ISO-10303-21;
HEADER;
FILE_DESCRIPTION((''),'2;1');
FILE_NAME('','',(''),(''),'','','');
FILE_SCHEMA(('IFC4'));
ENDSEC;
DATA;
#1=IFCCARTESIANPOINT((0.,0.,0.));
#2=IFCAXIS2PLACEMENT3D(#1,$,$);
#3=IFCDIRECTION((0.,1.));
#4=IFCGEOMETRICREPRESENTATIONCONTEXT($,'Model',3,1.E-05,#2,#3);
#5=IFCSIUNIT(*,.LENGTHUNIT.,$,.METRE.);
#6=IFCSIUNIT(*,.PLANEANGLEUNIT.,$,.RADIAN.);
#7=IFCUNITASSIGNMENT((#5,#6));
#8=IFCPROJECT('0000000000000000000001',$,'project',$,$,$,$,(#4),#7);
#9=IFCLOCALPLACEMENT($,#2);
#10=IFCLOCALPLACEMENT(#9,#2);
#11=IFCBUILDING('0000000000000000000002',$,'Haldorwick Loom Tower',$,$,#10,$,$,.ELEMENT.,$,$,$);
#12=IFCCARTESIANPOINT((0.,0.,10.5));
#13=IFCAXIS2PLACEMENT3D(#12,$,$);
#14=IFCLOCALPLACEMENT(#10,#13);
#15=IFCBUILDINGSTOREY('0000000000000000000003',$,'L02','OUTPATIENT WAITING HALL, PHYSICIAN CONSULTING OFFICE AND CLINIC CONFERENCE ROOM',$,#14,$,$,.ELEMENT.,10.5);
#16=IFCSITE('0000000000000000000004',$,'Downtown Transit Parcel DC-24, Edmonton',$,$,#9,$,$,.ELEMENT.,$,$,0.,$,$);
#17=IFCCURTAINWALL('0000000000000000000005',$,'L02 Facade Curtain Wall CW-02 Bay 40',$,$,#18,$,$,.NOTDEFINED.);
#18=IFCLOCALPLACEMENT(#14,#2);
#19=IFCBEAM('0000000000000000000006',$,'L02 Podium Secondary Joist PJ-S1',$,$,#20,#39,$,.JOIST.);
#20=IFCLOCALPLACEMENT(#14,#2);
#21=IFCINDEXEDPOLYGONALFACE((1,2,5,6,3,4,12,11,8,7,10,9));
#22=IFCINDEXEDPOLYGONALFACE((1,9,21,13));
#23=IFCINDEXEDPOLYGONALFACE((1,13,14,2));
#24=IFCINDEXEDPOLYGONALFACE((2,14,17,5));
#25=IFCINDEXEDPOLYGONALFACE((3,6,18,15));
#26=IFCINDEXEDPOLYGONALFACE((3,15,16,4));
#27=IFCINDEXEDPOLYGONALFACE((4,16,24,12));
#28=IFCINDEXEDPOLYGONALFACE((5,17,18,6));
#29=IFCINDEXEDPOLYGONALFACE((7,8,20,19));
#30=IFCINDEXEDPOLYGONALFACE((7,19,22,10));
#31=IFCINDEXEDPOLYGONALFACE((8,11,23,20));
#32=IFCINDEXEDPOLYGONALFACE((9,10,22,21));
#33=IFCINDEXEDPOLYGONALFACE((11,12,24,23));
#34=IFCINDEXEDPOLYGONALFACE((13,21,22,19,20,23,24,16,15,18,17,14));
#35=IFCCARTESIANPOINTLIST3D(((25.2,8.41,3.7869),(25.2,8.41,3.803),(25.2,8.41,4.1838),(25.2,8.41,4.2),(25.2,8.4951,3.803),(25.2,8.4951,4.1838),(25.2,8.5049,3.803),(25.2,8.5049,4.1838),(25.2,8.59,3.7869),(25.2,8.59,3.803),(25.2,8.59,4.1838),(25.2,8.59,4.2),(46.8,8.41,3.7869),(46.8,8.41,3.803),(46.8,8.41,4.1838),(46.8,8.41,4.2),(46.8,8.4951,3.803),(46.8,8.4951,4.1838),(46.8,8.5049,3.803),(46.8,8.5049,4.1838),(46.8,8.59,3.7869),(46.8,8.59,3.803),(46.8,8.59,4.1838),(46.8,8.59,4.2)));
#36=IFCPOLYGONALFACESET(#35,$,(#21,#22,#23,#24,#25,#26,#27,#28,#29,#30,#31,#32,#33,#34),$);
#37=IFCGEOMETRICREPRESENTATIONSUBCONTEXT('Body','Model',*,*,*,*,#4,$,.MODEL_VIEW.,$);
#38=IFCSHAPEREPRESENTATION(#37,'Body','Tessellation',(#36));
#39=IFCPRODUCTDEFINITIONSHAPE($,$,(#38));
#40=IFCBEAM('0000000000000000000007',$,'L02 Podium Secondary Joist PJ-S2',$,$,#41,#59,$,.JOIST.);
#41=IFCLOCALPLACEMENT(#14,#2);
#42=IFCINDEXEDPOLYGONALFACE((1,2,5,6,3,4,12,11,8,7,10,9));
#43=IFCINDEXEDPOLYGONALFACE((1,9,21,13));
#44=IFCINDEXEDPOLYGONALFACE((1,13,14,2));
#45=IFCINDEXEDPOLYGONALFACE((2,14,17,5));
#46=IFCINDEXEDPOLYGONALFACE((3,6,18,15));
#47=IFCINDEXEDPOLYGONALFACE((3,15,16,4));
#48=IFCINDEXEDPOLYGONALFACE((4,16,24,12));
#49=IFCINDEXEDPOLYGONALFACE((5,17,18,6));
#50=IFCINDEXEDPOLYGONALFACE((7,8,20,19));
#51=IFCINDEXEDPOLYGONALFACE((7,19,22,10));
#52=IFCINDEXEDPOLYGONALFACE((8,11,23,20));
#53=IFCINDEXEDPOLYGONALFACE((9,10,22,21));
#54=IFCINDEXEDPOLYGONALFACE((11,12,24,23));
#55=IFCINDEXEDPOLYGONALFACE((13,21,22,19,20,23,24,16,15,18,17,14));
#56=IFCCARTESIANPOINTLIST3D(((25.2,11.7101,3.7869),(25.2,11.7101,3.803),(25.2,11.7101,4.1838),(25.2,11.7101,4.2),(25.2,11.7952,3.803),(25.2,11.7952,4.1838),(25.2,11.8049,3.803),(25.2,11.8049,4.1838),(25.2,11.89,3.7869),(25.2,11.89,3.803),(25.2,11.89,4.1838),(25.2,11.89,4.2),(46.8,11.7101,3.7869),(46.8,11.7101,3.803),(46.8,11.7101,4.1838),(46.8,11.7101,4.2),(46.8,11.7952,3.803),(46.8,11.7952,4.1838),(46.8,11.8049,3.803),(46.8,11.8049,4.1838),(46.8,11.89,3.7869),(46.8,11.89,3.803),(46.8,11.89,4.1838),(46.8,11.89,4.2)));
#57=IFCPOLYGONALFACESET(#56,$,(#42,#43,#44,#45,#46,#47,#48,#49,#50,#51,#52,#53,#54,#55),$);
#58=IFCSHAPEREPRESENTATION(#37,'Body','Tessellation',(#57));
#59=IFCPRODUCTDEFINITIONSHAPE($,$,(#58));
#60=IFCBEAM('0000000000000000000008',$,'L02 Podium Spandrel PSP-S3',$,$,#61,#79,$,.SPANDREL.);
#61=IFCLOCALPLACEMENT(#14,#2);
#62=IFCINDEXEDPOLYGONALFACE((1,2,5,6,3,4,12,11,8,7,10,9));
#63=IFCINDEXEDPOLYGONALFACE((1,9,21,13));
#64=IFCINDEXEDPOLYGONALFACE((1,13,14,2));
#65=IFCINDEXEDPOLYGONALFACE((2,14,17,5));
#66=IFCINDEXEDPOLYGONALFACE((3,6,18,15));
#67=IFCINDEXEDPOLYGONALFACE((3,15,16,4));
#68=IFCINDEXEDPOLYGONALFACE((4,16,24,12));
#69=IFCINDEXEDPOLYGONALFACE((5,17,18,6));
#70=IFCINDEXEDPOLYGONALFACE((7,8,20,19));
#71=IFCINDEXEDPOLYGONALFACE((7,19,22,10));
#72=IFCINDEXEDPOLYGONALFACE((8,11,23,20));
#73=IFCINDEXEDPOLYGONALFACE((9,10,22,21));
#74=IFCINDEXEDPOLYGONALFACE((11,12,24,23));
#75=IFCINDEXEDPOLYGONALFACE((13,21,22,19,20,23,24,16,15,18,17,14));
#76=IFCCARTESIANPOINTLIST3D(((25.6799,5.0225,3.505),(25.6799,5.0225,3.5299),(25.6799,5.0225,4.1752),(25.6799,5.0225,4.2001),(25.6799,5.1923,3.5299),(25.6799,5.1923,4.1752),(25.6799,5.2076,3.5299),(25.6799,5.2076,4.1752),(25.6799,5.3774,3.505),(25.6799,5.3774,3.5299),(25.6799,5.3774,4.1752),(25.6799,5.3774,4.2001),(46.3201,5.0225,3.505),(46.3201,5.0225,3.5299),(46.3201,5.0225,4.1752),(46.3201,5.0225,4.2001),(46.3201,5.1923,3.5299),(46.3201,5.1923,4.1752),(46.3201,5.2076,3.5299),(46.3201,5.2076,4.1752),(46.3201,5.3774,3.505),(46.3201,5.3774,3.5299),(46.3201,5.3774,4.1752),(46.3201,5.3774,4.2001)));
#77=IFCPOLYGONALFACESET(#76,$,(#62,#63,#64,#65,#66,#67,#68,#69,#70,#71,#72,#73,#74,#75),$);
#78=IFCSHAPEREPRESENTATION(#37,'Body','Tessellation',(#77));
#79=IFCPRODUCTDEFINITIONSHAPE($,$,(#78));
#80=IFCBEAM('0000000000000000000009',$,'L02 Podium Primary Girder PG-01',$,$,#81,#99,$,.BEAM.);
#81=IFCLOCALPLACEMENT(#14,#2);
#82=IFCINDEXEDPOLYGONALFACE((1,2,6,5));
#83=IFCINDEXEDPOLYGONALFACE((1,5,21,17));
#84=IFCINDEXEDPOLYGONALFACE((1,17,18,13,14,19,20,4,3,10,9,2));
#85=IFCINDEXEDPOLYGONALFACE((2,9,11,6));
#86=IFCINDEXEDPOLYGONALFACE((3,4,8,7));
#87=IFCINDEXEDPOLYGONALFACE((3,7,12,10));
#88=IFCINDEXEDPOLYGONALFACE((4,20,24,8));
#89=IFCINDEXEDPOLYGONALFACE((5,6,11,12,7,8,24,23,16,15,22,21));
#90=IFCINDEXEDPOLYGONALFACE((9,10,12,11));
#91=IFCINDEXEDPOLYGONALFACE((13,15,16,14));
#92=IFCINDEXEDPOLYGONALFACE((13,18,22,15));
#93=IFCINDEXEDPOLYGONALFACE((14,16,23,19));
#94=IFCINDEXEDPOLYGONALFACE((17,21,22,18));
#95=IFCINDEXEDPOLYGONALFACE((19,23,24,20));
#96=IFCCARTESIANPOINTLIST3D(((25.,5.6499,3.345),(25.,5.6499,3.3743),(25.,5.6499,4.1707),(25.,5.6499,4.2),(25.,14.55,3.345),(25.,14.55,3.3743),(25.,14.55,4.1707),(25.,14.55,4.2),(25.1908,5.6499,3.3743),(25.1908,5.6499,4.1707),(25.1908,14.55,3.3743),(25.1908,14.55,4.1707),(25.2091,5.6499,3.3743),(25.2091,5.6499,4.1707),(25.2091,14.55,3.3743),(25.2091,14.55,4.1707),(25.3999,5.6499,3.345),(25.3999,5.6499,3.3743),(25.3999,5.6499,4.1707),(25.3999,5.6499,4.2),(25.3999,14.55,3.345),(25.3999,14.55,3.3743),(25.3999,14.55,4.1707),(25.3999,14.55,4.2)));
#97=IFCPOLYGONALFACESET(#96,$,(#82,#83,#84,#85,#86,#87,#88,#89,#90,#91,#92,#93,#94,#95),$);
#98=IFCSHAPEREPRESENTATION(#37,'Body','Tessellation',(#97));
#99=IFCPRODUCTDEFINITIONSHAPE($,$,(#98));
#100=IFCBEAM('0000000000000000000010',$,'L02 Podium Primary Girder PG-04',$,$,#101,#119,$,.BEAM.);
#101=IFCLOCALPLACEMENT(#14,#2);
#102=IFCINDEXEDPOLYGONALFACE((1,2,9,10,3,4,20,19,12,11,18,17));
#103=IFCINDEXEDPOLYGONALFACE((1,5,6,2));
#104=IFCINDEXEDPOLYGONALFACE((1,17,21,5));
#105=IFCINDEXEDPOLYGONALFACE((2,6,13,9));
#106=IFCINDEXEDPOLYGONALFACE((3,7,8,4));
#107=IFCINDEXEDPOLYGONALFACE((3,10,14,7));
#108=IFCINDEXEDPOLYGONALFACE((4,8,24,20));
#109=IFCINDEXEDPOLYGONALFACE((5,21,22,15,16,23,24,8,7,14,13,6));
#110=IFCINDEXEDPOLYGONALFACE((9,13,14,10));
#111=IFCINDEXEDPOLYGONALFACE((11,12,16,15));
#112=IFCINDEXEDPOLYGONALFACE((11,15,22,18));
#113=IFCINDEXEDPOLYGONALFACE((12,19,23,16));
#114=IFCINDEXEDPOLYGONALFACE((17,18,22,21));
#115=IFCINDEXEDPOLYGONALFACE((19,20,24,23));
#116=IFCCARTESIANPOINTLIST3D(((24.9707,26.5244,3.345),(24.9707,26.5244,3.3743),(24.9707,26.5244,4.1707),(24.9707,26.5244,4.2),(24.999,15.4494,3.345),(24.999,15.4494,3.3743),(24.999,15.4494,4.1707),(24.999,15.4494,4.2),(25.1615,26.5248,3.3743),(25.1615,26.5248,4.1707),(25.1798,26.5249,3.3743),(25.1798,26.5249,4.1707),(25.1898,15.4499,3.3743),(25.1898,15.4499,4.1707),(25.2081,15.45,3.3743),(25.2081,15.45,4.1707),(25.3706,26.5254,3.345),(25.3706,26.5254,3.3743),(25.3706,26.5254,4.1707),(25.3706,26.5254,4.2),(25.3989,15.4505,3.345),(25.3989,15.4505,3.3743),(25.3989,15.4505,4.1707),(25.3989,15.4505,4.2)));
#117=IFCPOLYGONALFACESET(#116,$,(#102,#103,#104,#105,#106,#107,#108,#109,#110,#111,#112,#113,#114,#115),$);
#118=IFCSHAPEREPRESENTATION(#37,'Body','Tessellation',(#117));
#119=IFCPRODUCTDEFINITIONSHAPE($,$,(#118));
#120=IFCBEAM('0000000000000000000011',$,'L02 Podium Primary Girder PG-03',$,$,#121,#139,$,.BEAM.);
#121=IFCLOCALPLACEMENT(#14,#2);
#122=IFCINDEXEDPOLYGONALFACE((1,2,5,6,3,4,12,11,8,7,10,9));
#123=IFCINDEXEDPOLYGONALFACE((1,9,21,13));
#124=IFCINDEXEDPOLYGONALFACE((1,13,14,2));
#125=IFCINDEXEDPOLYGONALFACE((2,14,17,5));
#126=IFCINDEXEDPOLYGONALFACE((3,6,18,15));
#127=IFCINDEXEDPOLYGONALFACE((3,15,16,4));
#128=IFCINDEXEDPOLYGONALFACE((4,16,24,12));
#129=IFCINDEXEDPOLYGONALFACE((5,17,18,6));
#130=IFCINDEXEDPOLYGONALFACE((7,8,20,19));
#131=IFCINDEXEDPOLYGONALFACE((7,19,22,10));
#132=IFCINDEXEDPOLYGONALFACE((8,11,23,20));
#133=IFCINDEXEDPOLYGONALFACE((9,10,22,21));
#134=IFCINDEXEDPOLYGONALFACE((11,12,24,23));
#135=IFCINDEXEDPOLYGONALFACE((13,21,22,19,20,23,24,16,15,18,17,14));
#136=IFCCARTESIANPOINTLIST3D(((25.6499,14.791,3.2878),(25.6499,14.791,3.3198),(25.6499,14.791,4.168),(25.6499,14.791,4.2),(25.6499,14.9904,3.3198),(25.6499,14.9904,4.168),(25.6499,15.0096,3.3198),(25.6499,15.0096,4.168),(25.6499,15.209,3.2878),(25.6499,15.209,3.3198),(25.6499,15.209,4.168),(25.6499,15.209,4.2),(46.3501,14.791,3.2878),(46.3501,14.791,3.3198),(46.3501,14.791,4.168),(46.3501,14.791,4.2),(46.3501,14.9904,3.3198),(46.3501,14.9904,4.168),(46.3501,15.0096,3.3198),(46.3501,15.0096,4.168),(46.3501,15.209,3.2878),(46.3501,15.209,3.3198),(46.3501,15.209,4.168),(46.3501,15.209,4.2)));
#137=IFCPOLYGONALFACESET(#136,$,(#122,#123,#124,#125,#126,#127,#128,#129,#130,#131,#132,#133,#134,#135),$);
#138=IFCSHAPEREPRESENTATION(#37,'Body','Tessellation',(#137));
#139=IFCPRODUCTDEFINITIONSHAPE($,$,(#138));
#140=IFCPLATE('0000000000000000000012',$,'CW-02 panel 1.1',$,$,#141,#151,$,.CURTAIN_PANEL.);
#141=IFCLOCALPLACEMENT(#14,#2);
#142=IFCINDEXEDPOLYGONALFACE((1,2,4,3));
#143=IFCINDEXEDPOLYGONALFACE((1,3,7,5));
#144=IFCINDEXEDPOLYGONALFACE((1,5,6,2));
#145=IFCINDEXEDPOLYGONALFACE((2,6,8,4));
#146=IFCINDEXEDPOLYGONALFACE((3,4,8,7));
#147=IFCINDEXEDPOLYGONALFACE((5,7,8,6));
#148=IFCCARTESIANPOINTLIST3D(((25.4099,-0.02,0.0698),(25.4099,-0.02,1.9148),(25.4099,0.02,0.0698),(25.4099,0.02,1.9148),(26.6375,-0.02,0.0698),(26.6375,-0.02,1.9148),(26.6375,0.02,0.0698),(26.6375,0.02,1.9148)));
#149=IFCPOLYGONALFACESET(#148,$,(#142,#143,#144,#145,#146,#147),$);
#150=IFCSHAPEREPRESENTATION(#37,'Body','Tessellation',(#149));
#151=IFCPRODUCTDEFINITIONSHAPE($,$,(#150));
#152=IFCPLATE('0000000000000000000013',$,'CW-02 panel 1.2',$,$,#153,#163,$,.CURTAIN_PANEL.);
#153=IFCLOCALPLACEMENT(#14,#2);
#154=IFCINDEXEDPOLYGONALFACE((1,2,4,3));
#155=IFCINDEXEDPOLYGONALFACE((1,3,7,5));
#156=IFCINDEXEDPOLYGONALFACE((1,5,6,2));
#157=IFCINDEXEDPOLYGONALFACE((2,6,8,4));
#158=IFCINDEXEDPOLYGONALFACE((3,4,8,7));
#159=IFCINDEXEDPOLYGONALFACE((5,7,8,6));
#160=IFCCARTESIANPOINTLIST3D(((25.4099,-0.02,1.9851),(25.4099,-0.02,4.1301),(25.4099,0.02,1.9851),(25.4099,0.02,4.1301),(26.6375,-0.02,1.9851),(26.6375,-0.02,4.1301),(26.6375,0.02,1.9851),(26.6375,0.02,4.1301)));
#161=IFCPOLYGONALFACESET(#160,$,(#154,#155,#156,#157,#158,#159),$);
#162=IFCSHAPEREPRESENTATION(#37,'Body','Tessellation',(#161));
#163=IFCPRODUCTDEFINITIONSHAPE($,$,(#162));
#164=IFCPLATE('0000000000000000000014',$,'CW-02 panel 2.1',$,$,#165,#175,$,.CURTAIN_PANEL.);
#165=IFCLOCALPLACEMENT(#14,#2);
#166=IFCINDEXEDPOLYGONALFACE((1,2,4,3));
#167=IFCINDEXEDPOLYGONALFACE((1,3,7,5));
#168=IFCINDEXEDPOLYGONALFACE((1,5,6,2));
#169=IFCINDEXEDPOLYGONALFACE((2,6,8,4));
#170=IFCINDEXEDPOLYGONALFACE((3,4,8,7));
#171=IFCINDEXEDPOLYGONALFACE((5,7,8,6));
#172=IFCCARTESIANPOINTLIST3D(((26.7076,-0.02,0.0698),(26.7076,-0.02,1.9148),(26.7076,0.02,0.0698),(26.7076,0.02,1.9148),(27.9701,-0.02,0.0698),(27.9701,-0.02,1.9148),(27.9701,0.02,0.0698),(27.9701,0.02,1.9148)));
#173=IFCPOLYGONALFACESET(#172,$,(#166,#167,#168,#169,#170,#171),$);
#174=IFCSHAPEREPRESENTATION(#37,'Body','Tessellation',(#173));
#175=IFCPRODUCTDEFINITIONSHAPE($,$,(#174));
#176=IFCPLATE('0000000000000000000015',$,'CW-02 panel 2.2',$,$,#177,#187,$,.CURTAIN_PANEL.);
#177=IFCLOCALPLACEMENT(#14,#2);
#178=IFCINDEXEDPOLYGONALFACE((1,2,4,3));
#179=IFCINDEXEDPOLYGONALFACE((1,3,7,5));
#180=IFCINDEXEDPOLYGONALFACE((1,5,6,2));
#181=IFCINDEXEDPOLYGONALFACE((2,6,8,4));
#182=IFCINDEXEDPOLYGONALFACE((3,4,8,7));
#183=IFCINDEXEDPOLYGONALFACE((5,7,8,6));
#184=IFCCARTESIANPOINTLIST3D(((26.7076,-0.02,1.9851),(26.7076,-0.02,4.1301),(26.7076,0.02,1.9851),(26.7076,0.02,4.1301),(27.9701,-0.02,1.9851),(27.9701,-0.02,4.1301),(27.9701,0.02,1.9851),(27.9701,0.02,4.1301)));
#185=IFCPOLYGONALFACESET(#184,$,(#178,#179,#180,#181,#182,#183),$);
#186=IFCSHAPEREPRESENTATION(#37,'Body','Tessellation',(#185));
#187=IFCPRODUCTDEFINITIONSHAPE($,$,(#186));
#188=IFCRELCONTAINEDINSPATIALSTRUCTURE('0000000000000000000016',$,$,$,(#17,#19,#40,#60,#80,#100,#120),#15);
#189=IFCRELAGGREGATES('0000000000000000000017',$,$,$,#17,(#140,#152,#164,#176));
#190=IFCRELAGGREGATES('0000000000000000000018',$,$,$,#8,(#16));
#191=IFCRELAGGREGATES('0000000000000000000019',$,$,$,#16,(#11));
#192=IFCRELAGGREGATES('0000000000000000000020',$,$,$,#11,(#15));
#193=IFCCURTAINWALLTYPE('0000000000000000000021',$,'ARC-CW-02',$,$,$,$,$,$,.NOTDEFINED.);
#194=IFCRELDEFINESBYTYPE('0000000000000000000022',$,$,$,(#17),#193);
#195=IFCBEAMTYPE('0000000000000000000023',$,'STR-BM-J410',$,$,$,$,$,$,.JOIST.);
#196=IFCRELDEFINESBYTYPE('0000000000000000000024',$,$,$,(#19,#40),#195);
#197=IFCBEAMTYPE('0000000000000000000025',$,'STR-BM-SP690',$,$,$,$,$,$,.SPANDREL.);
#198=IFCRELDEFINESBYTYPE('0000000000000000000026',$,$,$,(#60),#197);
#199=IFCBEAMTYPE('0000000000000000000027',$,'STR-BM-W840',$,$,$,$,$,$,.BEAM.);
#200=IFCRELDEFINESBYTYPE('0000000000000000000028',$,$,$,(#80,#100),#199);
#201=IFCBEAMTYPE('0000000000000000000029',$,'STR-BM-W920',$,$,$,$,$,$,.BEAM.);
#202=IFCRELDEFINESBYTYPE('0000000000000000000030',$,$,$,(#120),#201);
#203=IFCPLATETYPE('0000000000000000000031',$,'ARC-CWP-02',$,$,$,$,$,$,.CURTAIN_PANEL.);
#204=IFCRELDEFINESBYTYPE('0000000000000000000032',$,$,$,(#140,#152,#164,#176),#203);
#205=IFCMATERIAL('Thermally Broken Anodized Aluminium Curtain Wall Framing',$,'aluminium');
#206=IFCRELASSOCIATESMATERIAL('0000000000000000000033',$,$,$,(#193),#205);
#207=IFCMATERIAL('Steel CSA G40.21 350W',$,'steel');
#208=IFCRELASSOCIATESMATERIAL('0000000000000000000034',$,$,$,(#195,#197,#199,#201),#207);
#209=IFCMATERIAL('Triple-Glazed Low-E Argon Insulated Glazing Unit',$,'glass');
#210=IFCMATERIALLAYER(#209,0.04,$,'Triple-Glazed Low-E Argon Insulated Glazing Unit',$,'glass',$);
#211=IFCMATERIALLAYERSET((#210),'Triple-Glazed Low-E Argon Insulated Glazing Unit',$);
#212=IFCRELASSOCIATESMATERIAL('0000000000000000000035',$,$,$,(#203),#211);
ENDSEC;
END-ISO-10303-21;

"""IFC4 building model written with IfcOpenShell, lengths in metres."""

from ifc_helpers import new_model, si_unit, direction, frame, origin, origin_2d, place, context, subcontext, project, spatial, rectangle, i_section, extrude, material, layer, layer_set, material_profile, profile_set, type_object, element, aggregate, save


model = new_model("IFC4")

# Units and contexts
model_context = context("Model", 3, precision=1e-05, world=origin(), true_north=direction((0.0, 1.0)))
body_context = subcontext(model_context, "Body", "Model", "MODEL_VIEW")
ifc_project = project(units=[si_unit("LENGTHUNIT", "METRE"), si_unit("PLANEANGLEUNIT", "RADIAN")], contexts=[model_context])

# Site, building, storey
site_placement = place(None, origin())
site = spatial("IfcSite", under=ifc_project, at=site_placement, Name="Downtown Transit Parcel DC-24, Edmonton", CompositionType="ELEMENT", RefElevation=0.0)
building_placement = place(site_placement, origin())
building = spatial("IfcBuilding", under=site, at=building_placement, Name="Haldorwick Loom Tower", CompositionType="ELEMENT")
storey_placement = place(building_placement, frame((0.0, 0.0, 10.5)))
storey = spatial("IfcBuildingStorey", under=building, at=storey_placement, Name="L02", Description="OUTPATIENT WAITING HALL, PHYSICIAN CONSULTING OFFICE AND CLINIC CONFERENCE ROOM", CompositionType="ELEMENT", Elevation=10.5)

# Shared definitions
ifc_material_1 = material(Name="Thermally Broken Anodized Aluminium Curtain Wall Framing", Category="aluminium")
curtain_wall_type = type_object("IfcCurtainWallType", Name="ARC-CW-02", PredefinedType="NOTDEFINED", material=ifc_material_1)

# Curtain wall
curtain_wall_1_placement = place(storey_placement, origin())
curtain_wall_1 = element("IfcCurtainWall", 1, at=curtain_wall_1_placement, inside=storey, type_object=curtain_wall_type, Name="L02 Facade Curtain Wall CW-02 Bay 40", PredefinedType="NOTDEFINED")

# Beams
ifc_material_2 = material(Name="Steel CSA G40.21 350W", Category="steel")
ifc_material_profile_1 = material_profile(ifc_material_2, i_section(OverallWidth=0.1799, OverallDepth=0.4131, WebThickness=0.0098, FlangeThickness=0.0161, at=origin_2d()), Name="W410X74", Category="steel")
ifc_profile_set_1 = profile_set([ifc_material_profile_1], Name="Steel CSA G40.21 350W")
beam_type_1 = type_object("IfcBeamType", Name="STR-BM-J410", PredefinedType="JOIST", material=ifc_profile_set_1)
for number, where, z_axis, x_axis, name in (
    (2, (25.2, 8.5, 3.9934), (1.0, 0.0, 0.0), (0.0, 1.0, 0.0), "L02 Podium Secondary Joist PJ-S1"),
    (3, (25.2, 11.8, 3.9934), (1.0, 0.0, 0.0), (0.0, 1.0, 0.0), "L02 Podium Secondary Joist PJ-S2"),
):
    element("IfcBeam", number, at=place(storey_placement, frame(where, z_axis=z_axis, x_axis=x_axis)), inside=storey, type_object=beam_type_1, Name=name, PredefinedType="JOIST", context=body_context, shape_type="SweptSolid", body=[
        extrude(i_section(OverallWidth=0.1799, OverallDepth=0.4131, WebThickness=0.0098, FlangeThickness=0.0161, at=origin_2d()), origin(), (0.0, 0.0, 1.0), 21.6001),
    ])
ifc_material_profile_2 = material_profile(ifc_material_2, i_section(OverallWidth=0.355, OverallDepth=0.6951, WebThickness=0.0154, FlangeThickness=0.0249, at=origin_2d()), Name="W690X217", Category="steel")
ifc_profile_set_2 = profile_set([ifc_material_profile_2], Name="Steel CSA G40.21 350W")
beam_type_2 = type_object("IfcBeamType", Name="STR-BM-SP690", PredefinedType="SPANDREL", material=ifc_profile_set_2)
beam_1_placement = place(storey_placement, frame((25.6799, 5.2, 3.8525), z_axis=(1.0, 0.0, 0.0), x_axis=(0.0, 1.0, 0.0)))
element("IfcBeam", 4, at=beam_1_placement, inside=storey, type_object=beam_type_2, Name="L02 Podium Spandrel PSP-S3", PredefinedType="SPANDREL", context=body_context, shape_type="SweptSolid", body=[
    extrude(i_section(OverallWidth=0.355, OverallDepth=0.6951, WebThickness=0.0154, FlangeThickness=0.0249, at=origin_2d()), origin(), (0.0, 0.0, 1.0), 20.6401),
])
ifc_material_profile_3 = material_profile(ifc_material_2, i_section(OverallWidth=0.3999, OverallDepth=0.855, WebThickness=0.0183, FlangeThickness=0.0293, at=origin_2d()), Name="W840X299", Category="steel")
ifc_profile_set_3 = profile_set([ifc_material_profile_3], Name="Steel CSA G40.21 350W")
beam_type_3 = type_object("IfcBeamType", Name="STR-BM-W840", PredefinedType="BEAM", material=ifc_profile_set_3)
beam_2_placement = place(storey_placement, frame((25.2, 5.6499, 3.7725), z_axis=(0.0, 1.0, 0.0), x_axis=(-1.0, 0.0, 0.0)))
element("IfcBeam", 5, at=beam_2_placement, inside=storey, type_object=beam_type_3, Name="L02 Podium Primary Girder PG-01", PredefinedType="BEAM", context=body_context, shape_type="SweptSolid", body=[
    extrude(i_section(OverallWidth=0.3999, OverallDepth=0.855, WebThickness=0.0183, FlangeThickness=0.0293, at=origin_2d()), origin(), (0.0, 0.0, 1.0), 8.9001),
])
beam_3_placement = place(storey_placement, frame((25.199, 15.45, 3.7725), z_axis=(-0.002557, 0.999997, 0.0), x_axis=(-0.999997, -0.002557, 0.0)))
element("IfcBeam", 6, at=beam_3_placement, inside=storey, type_object=beam_type_3, Name="L02 Podium Primary Girder PG-04", PredefinedType="BEAM", context=body_context, shape_type="SweptSolid", body=[
    extrude(i_section(OverallWidth=0.3999, OverallDepth=0.855, WebThickness=0.0183, FlangeThickness=0.0293, at=origin_2d()), origin(), (0.0, 0.0, 1.0), 11.075),
])
ifc_material_profile_4 = material_profile(ifc_material_2, i_section(OverallWidth=0.418, OverallDepth=0.9121, WebThickness=0.0193, FlangeThickness=0.032, at=origin_2d()), Name="W920X342", Category="steel")
ifc_profile_set_4 = profile_set([ifc_material_profile_4], Name="Steel CSA G40.21 350W")
beam_type_4 = type_object("IfcBeamType", Name="STR-BM-W920", PredefinedType="BEAM", material=ifc_profile_set_4)
beam_4_placement = place(storey_placement, frame((25.6499, 15.0, 3.7439), z_axis=(1.0, 0.0, 0.0), x_axis=(0.0, 1.0, 0.0)))
element("IfcBeam", 7, at=beam_4_placement, inside=storey, type_object=beam_type_4, Name="L02 Podium Primary Girder PG-03", PredefinedType="BEAM", context=body_context, shape_type="SweptSolid", body=[
    extrude(i_section(OverallWidth=0.418, OverallDepth=0.9121, WebThickness=0.0193, FlangeThickness=0.032, at=origin_2d()), origin(), (0.0, 0.0, 1.0), 20.7002),
])

# Plates
ifc_material_3 = material(Name="Triple-Glazed Low-E Argon Insulated Glazing Unit", Category="glass")
ifc_layer_1 = layer(ifc_material_3, 0.04, Name="Triple-Glazed Low-E Argon Insulated Glazing Unit", Category="glass")
ifc_layer_set_1 = layer_set([ifc_layer_1], Name="Triple-Glazed Low-E Argon Insulated Glazing Unit")
plate_type = type_object("IfcPlateType", Name="ARC-CWP-02", PredefinedType="CURTAIN_PANEL", material=ifc_layer_set_1)
plate_1_placement = place(storey_placement, frame((26.0237, 0.0, 0.0698), z_axis=(0.0, 0.0, 1.0), x_axis=(1.0, 0.0, 0.0)))
plate_1 = element("IfcPlate", 8, at=plate_1_placement, type_object=plate_type, Name="CW-02 panel 1.1", PredefinedType="CURTAIN_PANEL", context=body_context, shape_type="SweptSolid", body=[
    extrude(rectangle(XDim=1.2275, YDim=0.04, at=origin_2d()), origin(), (0.0, 0.0, 1.0), 1.845),
])
plate_2_placement = place(storey_placement, frame((26.0237, 0.0, 1.9851), z_axis=(0.0, 0.0, 1.0), x_axis=(1.0, 0.0, 0.0)))
plate_2 = element("IfcPlate", 9, at=plate_2_placement, type_object=plate_type, Name="CW-02 panel 1.2", PredefinedType="CURTAIN_PANEL", context=body_context, shape_type="SweptSolid", body=[
    extrude(rectangle(XDim=1.2275, YDim=0.04, at=origin_2d()), origin(), (0.0, 0.0, 1.0), 2.145),
])
plate_3_placement = place(storey_placement, frame((27.3389, 0.0, 0.0698), z_axis=(0.0, 0.0, 1.0), x_axis=(1.0, 0.0, 0.0)))
plate_3 = element("IfcPlate", 10, at=plate_3_placement, type_object=plate_type, Name="CW-02 panel 2.1", PredefinedType="CURTAIN_PANEL", context=body_context, shape_type="SweptSolid", body=[
    extrude(rectangle(XDim=1.2625, YDim=0.04, at=origin_2d()), origin(), (0.0, 0.0, 1.0), 1.845),
])
plate_4_placement = place(storey_placement, frame((27.3389, 0.0, 1.9851), z_axis=(0.0, 0.0, 1.0), x_axis=(1.0, 0.0, 0.0)))
plate_4 = element("IfcPlate", 11, at=plate_4_placement, type_object=plate_type, Name="CW-02 panel 2.2", PredefinedType="CURTAIN_PANEL", context=body_context, shape_type="SweptSolid", body=[
    extrude(rectangle(XDim=1.2625, YDim=0.04, at=origin_2d()), origin(), (0.0, 0.0, 1.0), 2.145),
])
aggregate(curtain_wall_1, [plate_1, plate_2, plate_3, plate_4])

save(model, "model.ifc")
